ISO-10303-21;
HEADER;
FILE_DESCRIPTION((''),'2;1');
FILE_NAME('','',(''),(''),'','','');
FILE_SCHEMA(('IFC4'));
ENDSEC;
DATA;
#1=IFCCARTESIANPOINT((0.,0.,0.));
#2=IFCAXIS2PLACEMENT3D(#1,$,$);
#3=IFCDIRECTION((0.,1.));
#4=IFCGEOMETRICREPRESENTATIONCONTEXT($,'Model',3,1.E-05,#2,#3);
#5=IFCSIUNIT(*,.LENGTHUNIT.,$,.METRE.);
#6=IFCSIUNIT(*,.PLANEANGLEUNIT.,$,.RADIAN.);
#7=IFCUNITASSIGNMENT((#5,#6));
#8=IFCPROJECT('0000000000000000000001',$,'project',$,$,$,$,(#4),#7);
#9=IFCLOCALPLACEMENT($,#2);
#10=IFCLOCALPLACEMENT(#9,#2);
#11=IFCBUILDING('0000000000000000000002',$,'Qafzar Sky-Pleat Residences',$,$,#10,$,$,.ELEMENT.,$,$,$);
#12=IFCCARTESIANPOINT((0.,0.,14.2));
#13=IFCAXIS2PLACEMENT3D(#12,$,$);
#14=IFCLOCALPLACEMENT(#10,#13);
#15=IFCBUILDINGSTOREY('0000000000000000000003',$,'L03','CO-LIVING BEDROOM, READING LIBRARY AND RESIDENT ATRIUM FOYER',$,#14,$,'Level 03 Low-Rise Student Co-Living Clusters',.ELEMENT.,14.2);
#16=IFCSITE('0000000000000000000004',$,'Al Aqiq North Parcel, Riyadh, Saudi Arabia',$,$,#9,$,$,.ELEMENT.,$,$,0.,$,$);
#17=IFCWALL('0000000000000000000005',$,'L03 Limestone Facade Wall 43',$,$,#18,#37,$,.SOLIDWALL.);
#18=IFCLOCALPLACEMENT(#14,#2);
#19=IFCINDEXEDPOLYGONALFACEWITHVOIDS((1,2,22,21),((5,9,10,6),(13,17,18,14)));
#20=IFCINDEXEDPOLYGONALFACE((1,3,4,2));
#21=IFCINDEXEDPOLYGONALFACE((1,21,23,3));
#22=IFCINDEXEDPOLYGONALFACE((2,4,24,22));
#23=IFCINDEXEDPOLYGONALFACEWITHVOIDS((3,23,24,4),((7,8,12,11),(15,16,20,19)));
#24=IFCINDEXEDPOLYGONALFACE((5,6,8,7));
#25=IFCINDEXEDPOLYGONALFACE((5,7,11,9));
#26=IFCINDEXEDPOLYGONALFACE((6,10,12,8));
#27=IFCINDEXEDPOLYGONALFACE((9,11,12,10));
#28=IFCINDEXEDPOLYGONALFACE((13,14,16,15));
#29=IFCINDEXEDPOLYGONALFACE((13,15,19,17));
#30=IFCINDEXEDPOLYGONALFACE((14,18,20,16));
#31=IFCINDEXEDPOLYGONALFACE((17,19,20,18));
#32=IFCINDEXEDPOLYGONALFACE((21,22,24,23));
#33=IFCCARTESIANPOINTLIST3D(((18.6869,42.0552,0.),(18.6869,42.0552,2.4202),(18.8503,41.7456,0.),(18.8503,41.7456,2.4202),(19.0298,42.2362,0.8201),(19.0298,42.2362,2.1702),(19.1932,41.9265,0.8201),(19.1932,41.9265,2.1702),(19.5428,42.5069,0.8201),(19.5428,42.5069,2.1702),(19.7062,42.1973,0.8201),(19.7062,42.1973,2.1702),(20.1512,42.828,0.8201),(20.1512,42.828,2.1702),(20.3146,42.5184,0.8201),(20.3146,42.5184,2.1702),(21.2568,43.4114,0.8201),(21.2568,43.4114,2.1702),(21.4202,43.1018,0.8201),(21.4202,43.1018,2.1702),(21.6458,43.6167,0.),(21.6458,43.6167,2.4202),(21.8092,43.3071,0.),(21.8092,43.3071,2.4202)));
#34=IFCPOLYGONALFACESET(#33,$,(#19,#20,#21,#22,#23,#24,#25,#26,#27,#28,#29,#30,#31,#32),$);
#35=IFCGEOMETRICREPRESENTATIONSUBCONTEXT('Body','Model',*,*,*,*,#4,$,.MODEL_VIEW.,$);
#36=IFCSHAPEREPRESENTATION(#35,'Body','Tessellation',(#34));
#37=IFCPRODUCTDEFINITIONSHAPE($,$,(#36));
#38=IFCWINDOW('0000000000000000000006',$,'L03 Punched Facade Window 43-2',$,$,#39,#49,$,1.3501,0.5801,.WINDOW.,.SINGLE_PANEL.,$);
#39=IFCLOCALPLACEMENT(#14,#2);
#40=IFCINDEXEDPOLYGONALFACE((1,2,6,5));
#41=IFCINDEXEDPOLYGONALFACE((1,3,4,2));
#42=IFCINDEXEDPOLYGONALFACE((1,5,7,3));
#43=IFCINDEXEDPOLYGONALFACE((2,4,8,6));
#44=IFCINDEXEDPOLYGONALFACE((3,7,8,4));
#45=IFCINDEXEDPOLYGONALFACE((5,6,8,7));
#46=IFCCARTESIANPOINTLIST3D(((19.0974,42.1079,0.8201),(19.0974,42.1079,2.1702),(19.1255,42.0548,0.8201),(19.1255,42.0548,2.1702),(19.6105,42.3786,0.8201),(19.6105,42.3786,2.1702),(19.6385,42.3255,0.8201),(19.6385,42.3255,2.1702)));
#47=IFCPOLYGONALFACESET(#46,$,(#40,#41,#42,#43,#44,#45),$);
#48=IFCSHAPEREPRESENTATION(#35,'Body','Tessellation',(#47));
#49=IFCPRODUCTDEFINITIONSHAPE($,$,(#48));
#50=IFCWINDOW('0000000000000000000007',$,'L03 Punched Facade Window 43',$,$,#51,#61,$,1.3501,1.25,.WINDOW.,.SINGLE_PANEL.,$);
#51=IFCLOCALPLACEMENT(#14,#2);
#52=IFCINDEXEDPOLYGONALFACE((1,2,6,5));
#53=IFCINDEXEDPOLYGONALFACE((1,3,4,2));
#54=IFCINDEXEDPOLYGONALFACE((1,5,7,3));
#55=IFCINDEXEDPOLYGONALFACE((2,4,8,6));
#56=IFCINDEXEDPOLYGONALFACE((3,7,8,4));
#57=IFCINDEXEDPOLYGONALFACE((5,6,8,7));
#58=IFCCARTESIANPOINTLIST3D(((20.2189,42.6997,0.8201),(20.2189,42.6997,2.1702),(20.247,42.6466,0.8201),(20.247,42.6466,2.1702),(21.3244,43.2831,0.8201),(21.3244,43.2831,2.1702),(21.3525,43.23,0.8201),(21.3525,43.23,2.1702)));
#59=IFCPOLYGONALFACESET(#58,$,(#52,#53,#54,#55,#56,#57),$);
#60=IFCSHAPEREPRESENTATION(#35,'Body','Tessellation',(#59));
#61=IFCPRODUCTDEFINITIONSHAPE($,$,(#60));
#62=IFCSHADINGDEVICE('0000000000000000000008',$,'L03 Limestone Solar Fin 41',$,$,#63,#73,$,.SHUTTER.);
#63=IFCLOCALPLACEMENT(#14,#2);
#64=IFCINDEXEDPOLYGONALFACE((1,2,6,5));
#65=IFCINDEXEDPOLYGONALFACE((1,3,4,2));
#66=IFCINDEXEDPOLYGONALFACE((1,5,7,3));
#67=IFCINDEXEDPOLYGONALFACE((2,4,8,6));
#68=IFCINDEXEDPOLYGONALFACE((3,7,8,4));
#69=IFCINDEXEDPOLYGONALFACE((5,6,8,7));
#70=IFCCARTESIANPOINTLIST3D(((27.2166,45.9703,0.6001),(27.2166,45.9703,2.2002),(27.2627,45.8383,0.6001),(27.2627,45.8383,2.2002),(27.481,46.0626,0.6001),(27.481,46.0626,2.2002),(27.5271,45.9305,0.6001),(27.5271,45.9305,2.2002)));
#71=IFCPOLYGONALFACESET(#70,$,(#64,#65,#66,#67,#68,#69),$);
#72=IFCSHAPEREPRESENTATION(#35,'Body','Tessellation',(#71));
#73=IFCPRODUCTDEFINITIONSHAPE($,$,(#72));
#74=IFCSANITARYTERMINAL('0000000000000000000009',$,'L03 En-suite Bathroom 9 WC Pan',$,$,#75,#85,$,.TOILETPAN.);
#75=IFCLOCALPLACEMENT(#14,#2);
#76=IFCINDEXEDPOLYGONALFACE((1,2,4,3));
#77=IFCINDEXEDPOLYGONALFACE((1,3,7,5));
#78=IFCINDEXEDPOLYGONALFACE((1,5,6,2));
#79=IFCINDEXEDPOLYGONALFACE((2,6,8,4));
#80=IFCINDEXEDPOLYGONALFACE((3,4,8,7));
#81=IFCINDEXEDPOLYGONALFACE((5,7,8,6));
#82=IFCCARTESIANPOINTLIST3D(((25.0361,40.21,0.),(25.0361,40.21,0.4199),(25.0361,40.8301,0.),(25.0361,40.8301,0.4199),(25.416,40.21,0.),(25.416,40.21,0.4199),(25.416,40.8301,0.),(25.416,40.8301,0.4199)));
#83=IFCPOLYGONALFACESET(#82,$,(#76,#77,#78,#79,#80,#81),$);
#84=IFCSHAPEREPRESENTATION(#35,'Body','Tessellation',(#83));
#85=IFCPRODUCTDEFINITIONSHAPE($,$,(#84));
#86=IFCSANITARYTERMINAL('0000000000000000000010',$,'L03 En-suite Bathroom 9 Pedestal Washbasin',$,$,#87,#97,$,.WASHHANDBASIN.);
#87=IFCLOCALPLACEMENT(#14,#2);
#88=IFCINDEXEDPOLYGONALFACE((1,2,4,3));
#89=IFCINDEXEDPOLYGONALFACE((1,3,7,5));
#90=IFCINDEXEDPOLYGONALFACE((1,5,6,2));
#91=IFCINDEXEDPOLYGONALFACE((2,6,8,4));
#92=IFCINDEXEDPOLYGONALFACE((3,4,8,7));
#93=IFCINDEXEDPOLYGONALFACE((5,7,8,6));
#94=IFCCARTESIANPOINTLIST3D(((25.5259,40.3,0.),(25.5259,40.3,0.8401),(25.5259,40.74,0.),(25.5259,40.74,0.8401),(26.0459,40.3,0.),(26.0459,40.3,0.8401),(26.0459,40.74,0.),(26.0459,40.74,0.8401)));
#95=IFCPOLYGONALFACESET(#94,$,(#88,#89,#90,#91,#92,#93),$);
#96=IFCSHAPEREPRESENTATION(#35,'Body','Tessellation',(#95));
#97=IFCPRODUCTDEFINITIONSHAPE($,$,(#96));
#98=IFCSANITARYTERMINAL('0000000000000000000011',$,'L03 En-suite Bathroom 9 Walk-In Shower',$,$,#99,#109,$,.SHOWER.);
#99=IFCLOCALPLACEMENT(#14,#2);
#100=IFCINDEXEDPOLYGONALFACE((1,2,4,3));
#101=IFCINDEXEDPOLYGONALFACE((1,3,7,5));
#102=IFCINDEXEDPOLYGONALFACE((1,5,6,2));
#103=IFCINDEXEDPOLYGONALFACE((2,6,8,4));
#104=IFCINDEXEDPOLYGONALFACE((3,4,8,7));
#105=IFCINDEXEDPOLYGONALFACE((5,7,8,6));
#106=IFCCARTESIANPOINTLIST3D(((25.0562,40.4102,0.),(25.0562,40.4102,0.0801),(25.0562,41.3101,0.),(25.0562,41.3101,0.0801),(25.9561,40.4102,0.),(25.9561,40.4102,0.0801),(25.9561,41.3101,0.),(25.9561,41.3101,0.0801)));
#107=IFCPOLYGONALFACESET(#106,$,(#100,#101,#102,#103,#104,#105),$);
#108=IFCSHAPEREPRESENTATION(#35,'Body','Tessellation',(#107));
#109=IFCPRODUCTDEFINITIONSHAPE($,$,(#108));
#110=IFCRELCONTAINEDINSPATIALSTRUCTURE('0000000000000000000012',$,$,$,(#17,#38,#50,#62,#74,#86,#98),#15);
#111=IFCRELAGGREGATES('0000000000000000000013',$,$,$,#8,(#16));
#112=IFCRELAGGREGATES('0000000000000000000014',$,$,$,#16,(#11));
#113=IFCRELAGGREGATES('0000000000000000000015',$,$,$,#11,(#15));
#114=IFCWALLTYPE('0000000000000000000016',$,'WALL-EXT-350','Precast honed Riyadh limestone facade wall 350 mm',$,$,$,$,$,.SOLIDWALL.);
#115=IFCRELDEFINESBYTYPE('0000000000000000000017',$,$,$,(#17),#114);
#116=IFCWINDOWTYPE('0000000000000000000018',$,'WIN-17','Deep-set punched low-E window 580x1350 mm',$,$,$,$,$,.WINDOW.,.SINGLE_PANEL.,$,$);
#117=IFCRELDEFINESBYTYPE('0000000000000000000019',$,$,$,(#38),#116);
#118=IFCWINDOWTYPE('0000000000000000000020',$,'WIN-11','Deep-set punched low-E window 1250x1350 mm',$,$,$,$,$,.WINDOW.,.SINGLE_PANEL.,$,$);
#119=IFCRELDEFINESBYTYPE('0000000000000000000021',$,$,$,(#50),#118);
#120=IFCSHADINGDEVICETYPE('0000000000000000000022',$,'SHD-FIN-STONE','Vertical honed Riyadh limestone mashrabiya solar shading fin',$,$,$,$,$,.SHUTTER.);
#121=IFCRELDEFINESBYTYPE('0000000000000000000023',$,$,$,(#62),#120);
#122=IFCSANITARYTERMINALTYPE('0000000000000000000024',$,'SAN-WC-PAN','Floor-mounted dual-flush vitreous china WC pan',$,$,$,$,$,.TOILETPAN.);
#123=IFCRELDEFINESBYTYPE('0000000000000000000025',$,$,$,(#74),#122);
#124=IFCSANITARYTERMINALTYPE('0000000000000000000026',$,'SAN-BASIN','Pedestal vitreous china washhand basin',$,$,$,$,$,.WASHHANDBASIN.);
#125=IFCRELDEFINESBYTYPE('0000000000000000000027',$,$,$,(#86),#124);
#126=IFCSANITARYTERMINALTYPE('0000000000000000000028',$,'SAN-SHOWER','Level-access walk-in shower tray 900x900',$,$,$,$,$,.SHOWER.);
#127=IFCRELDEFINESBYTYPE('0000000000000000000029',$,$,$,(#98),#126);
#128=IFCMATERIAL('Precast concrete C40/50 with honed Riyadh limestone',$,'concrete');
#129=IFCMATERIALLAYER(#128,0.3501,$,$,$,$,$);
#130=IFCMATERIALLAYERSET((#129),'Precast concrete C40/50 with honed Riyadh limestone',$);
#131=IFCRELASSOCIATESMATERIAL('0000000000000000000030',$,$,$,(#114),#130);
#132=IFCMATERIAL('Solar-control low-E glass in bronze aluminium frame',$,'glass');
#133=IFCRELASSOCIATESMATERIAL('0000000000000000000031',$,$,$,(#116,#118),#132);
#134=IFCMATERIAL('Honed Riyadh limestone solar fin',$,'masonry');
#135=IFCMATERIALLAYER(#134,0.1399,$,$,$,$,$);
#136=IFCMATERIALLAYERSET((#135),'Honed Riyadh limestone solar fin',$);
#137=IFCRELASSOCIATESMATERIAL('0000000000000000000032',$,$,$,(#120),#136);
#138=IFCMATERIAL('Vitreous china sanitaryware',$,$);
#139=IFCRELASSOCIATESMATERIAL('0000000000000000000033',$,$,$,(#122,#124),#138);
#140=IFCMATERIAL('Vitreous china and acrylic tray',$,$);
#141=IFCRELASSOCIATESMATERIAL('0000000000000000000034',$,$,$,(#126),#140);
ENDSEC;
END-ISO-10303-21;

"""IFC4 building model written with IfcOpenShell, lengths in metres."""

from ifc_helpers import new_model, si_unit, direction, frame, frame_2d, origin, origin_2d, place, context, subcontext, project, spatial, rectangle, extrude, source, transform, mapped, material, layer, layer_set, type_object, element, fill, save


model = new_model("IFC4")

# Units and contexts
model_context = context("Model", 3, precision=1e-05, world=origin(), true_north=direction((0.0, 1.0)))
body_context = subcontext(model_context, "Body", "Model", "MODEL_VIEW")
ifc_project = project(units=[si_unit("LENGTHUNIT", "METRE"), si_unit("PLANEANGLEUNIT", "RADIAN")], contexts=[model_context])

# Site, building, storey
site_placement = place(None, origin())
site = spatial("IfcSite", under=ifc_project, at=site_placement, Name="Al Aqiq North Parcel, Riyadh, Saudi Arabia", CompositionType="ELEMENT", RefElevation=0.0)
building_placement = place(site_placement, origin())
building = spatial("IfcBuilding", under=site, at=building_placement, Name="Qafzar Sky-Pleat Residences", CompositionType="ELEMENT")
storey_placement = place(building_placement, frame((0.0, 0.0, 14.2)))
storey = spatial("IfcBuildingStorey", under=building, at=storey_placement, Name="L03", Description="CO-LIVING BEDROOM, READING LIBRARY AND RESIDENT ATRIUM FOYER", LongName="Level 03 Low-Rise Student Co-Living Clusters", CompositionType="ELEMENT", Elevation=14.2)

# Shared definitions
ifc_material_1 = material(Name="Precast concrete C40/50 with honed Riyadh limestone", Category="concrete")
ifc_layer_1 = layer(ifc_material_1, 0.3501)
ifc_layer_set_1 = layer_set([ifc_layer_1], Name="Precast concrete C40/50 with honed Riyadh limestone")
wall_type_1 = type_object("IfcWallType", Name="WALL-EXT-350", Description="Precast honed Riyadh limestone facade wall 350 mm", PredefinedType="SOLIDWALL", material=ifc_layer_set_1)
ifc_material_2 = material(Name="Solar-control low-E glass in bronze aluminium frame", Category="glass")

# Wall, openings, windows
wall_1_placement = place(storey_placement, frame((21.7275, 43.4619, 0.0), z_axis=(0.0, 0.0, 1.0), x_axis=(-0.884405, -0.466721, 0.0)))
wall_1 = element("IfcWall", 1, at=wall_1_placement, inside=storey, type_object=wall_type_1, Name="L03 Limestone Facade Wall 43", PredefinedType="SOLIDWALL", context=body_context, shape_type="SweptSolid", body=[
    extrude(rectangle(XDim=3.3457, YDim=0.3501, at=frame_2d((1.6729, 0.0))), origin(), (0.0, 0.0, 1.0), 2.4202),
])
opening_1_placement = place(wall_1_placement, frame((0.4399, 0.0, 0.8201)))
opening_1 = element("IfcOpeningElement", 2, at=opening_1_placement, cuts=wall_1, PredefinedType="OPENING", context=body_context, shape_type="SweptSolid", body=[
    extrude(rectangle(XDim=1.25, YDim=1.3501, at=frame_2d((0.625, 0.675))), frame((0.0, 0.1851, 0.0), z_axis=(0.0, -1.0, 0.0), x_axis=(1.0, 0.0, 0.0)), (0.0, 0.0, 1.0), 0.3701),
])
opening_2_placement = place(wall_1_placement, frame((2.3779, 0.0, 0.8201)))
opening_2 = element("IfcOpeningElement", 3, at=opening_2_placement, cuts=wall_1, PredefinedType="OPENING", context=body_context, shape_type="SweptSolid", body=[
    extrude(rectangle(XDim=0.5801, YDim=1.3501, at=frame_2d((0.29, 0.675))), frame((0.0, 0.1851, 0.0), z_axis=(0.0, -1.0, 0.0), x_axis=(1.0, 0.0, 0.0)), (0.0, 0.0, 1.0), 0.3701),
])
window_type_1 = type_object("IfcWindowType", Name="WIN-17", Description="Deep-set punched low-E window 580x1350 mm", PartitioningType="SINGLE_PANEL", PredefinedType="WINDOW", material=ifc_material_2)
shared_shape_1 = source(origin(), body_context, "Body", "SweptSolid", [
    extrude(rectangle(XDim=0.5801, YDim=1.3501, at=frame_2d((0.29, 0.675))), frame((0.0, 0.03, 0.0), z_axis=(0.0, -1.0, 0.0), x_axis=(1.0, 0.0, 0.0)), (0.0, 0.0, 1.0), 0.0601),
])
window_1_placement = place(opening_2_placement, origin())
window_1 = element("IfcWindow", 4, at=window_1_placement, inside=storey, type_object=window_type_1, Name="L03 Punched Facade Window 43-2", OverallHeight=1.3501, OverallWidth=0.5801, PartitioningType="SINGLE_PANEL", PredefinedType="WINDOW", context=body_context, shape_type="MappedRepresentation", body=[
    mapped(shared_shape_1, transform((0.0, 0.0, 0.0), x_axis=(1.0, 0.0, 0.0), y_axis=(0.0, 1.0, 0.0), z_axis=(0.0, 0.0, 1.0), scale=1.0)),
])
fill(opening_2, window_1)
window_type_2 = type_object("IfcWindowType", Name="WIN-11", Description="Deep-set punched low-E window 1250x1350 mm", PartitioningType="SINGLE_PANEL", PredefinedType="WINDOW", material=ifc_material_2)
shared_shape_2 = source(origin(), body_context, "Body", "SweptSolid", [
    extrude(rectangle(XDim=1.25, YDim=1.3501, at=frame_2d((0.625, 0.675))), frame((0.0, 0.03, 0.0), z_axis=(0.0, -1.0, 0.0), x_axis=(1.0, 0.0, 0.0)), (0.0, 0.0, 1.0), 0.0601),
])
window_2_placement = place(opening_1_placement, origin())
window_2 = element("IfcWindow", 5, at=window_2_placement, inside=storey, type_object=window_type_2, Name="L03 Punched Facade Window 43", OverallHeight=1.3501, OverallWidth=1.25, PartitioningType="SINGLE_PANEL", PredefinedType="WINDOW", context=body_context, shape_type="MappedRepresentation", body=[
    mapped(shared_shape_2, transform((0.0, 0.0, 0.0), x_axis=(1.0, 0.0, 0.0), y_axis=(0.0, 1.0, 0.0), z_axis=(0.0, 0.0, 1.0), scale=1.0)),
])
fill(opening_1, window_2)

# Shading device
ifc_material_3 = material(Name="Honed Riyadh limestone solar fin", Category="masonry")
ifc_layer_2 = layer(ifc_material_3, 0.1399)
ifc_layer_set_2 = layer_set([ifc_layer_2], Name="Honed Riyadh limestone solar fin")
shading_device_type = type_object("IfcShadingDeviceType", Name="SHD-FIN-STONE", Description="Vertical honed Riyadh limestone mashrabiya solar shading fin", PredefinedType="SHUTTER", material=ifc_layer_set_2)
shared_shape_3 = source(origin(), body_context, "Body", "SweptSolid", [
    extrude(rectangle(XDim=0.1399, YDim=0.28, at=origin_2d()), origin(), (0.0, 0.0, 1.0), 1.6001),
])
shading_device_placement = place(storey_placement, frame((27.3718, 45.9504, 0.6001), z_axis=(0.0, 0.0, 1.0), x_axis=(-0.329544, 0.94414, 0.0)))
element("IfcShadingDevice", 6, at=shading_device_placement, inside=storey, type_object=shading_device_type, Name="L03 Limestone Solar Fin 41", PredefinedType="SHUTTER", context=body_context, shape_type="MappedRepresentation", body=[
    mapped(shared_shape_3, transform((0.0, 0.0, 0.0), x_axis=(1.0, 0.0, 0.0), y_axis=(0.0, 1.0, 0.0), z_axis=(0.0, 0.0, 1.0), scale=1.0)),
])

# Sanitary terminals
ifc_material_4 = material(Name="Vitreous china sanitaryware")
sanitary_terminal_type_1 = type_object("IfcSanitaryTerminalType", Name="SAN-WC-PAN", Description="Floor-mounted dual-flush vitreous china WC pan", PredefinedType="TOILETPAN", material=ifc_material_4)
shared_shape_4 = source(origin(), body_context, "Body", "SweptSolid", [
    extrude(rectangle(XDim=0.3799, YDim=0.6201, at=origin_2d()), origin(), (0.0, 0.0, 1.0), 0.4199),
])
sanitary_terminal_1_placement = place(storey_placement, frame((25.2261, 40.52, 0.0), z_axis=(0.0, 0.0, 1.0), x_axis=(1.0, 0.0, 0.0)))
element("IfcSanitaryTerminal", 7, at=sanitary_terminal_1_placement, inside=storey, type_object=sanitary_terminal_type_1, Name="L03 En-suite Bathroom 9 WC Pan", PredefinedType="TOILETPAN", context=body_context, shape_type="MappedRepresentation", body=[
    mapped(shared_shape_4, transform((0.0, 0.0, 0.0), x_axis=(1.0, 0.0, 0.0), y_axis=(0.0, 1.0, 0.0), z_axis=(0.0, 0.0, 1.0), scale=1.0)),
])
sanitary_terminal_type_2 = type_object("IfcSanitaryTerminalType", Name="SAN-BASIN", Description="Pedestal vitreous china washhand basin", PredefinedType="WASHHANDBASIN", material=ifc_material_4)
shared_shape_5 = source(origin(), body_context, "Body", "SweptSolid", [
    extrude(rectangle(XDim=0.52, YDim=0.4399, at=origin_2d()), origin(), (0.0, 0.0, 1.0), 0.8401),
])
sanitary_terminal_2_placement = place(storey_placement, frame((25.7859, 40.52, 0.0), z_axis=(0.0, 0.0, 1.0), x_axis=(1.0, 0.0, 0.0)))
element("IfcSanitaryTerminal", 8, at=sanitary_terminal_2_placement, inside=storey, type_object=sanitary_terminal_type_2, Name="L03 En-suite Bathroom 9 Pedestal Washbasin", PredefinedType="WASHHANDBASIN", context=body_context, shape_type="MappedRepresentation", body=[
    mapped(shared_shape_5, transform((0.0, 0.0, 0.0), x_axis=(1.0, 0.0, 0.0), y_axis=(0.0, 1.0, 0.0), z_axis=(0.0, 0.0, 1.0), scale=1.0)),
])
ifc_material_5 = material(Name="Vitreous china and acrylic tray")
sanitary_terminal_type_3 = type_object("IfcSanitaryTerminalType", Name="SAN-SHOWER", Description="Level-access walk-in shower tray 900x900", PredefinedType="SHOWER", material=ifc_material_5)
shared_shape_6 = source(origin(), body_context, "Body", "SweptSolid", [
    extrude(rectangle(XDim=0.8999, YDim=0.8999, at=origin_2d()), origin(), (0.0, 0.0, 1.0), 0.0801),
])
sanitary_terminal_3_placement = place(storey_placement, frame((25.5061, 40.8601, 0.0), z_axis=(0.0, 0.0, 1.0), x_axis=(1.0, 0.0, 0.0)))
element("IfcSanitaryTerminal", 9, at=sanitary_terminal_3_placement, inside=storey, type_object=sanitary_terminal_type_3, Name="L03 En-suite Bathroom 9 Walk-In Shower", PredefinedType="SHOWER", context=body_context, shape_type="MappedRepresentation", body=[
    mapped(shared_shape_6, transform((0.0, 0.0, 0.0), x_axis=(1.0, 0.0, 0.0), y_axis=(0.0, 1.0, 0.0), z_axis=(0.0, 0.0, 1.0), scale=1.0)),
])

save(model, "model.ifc")
